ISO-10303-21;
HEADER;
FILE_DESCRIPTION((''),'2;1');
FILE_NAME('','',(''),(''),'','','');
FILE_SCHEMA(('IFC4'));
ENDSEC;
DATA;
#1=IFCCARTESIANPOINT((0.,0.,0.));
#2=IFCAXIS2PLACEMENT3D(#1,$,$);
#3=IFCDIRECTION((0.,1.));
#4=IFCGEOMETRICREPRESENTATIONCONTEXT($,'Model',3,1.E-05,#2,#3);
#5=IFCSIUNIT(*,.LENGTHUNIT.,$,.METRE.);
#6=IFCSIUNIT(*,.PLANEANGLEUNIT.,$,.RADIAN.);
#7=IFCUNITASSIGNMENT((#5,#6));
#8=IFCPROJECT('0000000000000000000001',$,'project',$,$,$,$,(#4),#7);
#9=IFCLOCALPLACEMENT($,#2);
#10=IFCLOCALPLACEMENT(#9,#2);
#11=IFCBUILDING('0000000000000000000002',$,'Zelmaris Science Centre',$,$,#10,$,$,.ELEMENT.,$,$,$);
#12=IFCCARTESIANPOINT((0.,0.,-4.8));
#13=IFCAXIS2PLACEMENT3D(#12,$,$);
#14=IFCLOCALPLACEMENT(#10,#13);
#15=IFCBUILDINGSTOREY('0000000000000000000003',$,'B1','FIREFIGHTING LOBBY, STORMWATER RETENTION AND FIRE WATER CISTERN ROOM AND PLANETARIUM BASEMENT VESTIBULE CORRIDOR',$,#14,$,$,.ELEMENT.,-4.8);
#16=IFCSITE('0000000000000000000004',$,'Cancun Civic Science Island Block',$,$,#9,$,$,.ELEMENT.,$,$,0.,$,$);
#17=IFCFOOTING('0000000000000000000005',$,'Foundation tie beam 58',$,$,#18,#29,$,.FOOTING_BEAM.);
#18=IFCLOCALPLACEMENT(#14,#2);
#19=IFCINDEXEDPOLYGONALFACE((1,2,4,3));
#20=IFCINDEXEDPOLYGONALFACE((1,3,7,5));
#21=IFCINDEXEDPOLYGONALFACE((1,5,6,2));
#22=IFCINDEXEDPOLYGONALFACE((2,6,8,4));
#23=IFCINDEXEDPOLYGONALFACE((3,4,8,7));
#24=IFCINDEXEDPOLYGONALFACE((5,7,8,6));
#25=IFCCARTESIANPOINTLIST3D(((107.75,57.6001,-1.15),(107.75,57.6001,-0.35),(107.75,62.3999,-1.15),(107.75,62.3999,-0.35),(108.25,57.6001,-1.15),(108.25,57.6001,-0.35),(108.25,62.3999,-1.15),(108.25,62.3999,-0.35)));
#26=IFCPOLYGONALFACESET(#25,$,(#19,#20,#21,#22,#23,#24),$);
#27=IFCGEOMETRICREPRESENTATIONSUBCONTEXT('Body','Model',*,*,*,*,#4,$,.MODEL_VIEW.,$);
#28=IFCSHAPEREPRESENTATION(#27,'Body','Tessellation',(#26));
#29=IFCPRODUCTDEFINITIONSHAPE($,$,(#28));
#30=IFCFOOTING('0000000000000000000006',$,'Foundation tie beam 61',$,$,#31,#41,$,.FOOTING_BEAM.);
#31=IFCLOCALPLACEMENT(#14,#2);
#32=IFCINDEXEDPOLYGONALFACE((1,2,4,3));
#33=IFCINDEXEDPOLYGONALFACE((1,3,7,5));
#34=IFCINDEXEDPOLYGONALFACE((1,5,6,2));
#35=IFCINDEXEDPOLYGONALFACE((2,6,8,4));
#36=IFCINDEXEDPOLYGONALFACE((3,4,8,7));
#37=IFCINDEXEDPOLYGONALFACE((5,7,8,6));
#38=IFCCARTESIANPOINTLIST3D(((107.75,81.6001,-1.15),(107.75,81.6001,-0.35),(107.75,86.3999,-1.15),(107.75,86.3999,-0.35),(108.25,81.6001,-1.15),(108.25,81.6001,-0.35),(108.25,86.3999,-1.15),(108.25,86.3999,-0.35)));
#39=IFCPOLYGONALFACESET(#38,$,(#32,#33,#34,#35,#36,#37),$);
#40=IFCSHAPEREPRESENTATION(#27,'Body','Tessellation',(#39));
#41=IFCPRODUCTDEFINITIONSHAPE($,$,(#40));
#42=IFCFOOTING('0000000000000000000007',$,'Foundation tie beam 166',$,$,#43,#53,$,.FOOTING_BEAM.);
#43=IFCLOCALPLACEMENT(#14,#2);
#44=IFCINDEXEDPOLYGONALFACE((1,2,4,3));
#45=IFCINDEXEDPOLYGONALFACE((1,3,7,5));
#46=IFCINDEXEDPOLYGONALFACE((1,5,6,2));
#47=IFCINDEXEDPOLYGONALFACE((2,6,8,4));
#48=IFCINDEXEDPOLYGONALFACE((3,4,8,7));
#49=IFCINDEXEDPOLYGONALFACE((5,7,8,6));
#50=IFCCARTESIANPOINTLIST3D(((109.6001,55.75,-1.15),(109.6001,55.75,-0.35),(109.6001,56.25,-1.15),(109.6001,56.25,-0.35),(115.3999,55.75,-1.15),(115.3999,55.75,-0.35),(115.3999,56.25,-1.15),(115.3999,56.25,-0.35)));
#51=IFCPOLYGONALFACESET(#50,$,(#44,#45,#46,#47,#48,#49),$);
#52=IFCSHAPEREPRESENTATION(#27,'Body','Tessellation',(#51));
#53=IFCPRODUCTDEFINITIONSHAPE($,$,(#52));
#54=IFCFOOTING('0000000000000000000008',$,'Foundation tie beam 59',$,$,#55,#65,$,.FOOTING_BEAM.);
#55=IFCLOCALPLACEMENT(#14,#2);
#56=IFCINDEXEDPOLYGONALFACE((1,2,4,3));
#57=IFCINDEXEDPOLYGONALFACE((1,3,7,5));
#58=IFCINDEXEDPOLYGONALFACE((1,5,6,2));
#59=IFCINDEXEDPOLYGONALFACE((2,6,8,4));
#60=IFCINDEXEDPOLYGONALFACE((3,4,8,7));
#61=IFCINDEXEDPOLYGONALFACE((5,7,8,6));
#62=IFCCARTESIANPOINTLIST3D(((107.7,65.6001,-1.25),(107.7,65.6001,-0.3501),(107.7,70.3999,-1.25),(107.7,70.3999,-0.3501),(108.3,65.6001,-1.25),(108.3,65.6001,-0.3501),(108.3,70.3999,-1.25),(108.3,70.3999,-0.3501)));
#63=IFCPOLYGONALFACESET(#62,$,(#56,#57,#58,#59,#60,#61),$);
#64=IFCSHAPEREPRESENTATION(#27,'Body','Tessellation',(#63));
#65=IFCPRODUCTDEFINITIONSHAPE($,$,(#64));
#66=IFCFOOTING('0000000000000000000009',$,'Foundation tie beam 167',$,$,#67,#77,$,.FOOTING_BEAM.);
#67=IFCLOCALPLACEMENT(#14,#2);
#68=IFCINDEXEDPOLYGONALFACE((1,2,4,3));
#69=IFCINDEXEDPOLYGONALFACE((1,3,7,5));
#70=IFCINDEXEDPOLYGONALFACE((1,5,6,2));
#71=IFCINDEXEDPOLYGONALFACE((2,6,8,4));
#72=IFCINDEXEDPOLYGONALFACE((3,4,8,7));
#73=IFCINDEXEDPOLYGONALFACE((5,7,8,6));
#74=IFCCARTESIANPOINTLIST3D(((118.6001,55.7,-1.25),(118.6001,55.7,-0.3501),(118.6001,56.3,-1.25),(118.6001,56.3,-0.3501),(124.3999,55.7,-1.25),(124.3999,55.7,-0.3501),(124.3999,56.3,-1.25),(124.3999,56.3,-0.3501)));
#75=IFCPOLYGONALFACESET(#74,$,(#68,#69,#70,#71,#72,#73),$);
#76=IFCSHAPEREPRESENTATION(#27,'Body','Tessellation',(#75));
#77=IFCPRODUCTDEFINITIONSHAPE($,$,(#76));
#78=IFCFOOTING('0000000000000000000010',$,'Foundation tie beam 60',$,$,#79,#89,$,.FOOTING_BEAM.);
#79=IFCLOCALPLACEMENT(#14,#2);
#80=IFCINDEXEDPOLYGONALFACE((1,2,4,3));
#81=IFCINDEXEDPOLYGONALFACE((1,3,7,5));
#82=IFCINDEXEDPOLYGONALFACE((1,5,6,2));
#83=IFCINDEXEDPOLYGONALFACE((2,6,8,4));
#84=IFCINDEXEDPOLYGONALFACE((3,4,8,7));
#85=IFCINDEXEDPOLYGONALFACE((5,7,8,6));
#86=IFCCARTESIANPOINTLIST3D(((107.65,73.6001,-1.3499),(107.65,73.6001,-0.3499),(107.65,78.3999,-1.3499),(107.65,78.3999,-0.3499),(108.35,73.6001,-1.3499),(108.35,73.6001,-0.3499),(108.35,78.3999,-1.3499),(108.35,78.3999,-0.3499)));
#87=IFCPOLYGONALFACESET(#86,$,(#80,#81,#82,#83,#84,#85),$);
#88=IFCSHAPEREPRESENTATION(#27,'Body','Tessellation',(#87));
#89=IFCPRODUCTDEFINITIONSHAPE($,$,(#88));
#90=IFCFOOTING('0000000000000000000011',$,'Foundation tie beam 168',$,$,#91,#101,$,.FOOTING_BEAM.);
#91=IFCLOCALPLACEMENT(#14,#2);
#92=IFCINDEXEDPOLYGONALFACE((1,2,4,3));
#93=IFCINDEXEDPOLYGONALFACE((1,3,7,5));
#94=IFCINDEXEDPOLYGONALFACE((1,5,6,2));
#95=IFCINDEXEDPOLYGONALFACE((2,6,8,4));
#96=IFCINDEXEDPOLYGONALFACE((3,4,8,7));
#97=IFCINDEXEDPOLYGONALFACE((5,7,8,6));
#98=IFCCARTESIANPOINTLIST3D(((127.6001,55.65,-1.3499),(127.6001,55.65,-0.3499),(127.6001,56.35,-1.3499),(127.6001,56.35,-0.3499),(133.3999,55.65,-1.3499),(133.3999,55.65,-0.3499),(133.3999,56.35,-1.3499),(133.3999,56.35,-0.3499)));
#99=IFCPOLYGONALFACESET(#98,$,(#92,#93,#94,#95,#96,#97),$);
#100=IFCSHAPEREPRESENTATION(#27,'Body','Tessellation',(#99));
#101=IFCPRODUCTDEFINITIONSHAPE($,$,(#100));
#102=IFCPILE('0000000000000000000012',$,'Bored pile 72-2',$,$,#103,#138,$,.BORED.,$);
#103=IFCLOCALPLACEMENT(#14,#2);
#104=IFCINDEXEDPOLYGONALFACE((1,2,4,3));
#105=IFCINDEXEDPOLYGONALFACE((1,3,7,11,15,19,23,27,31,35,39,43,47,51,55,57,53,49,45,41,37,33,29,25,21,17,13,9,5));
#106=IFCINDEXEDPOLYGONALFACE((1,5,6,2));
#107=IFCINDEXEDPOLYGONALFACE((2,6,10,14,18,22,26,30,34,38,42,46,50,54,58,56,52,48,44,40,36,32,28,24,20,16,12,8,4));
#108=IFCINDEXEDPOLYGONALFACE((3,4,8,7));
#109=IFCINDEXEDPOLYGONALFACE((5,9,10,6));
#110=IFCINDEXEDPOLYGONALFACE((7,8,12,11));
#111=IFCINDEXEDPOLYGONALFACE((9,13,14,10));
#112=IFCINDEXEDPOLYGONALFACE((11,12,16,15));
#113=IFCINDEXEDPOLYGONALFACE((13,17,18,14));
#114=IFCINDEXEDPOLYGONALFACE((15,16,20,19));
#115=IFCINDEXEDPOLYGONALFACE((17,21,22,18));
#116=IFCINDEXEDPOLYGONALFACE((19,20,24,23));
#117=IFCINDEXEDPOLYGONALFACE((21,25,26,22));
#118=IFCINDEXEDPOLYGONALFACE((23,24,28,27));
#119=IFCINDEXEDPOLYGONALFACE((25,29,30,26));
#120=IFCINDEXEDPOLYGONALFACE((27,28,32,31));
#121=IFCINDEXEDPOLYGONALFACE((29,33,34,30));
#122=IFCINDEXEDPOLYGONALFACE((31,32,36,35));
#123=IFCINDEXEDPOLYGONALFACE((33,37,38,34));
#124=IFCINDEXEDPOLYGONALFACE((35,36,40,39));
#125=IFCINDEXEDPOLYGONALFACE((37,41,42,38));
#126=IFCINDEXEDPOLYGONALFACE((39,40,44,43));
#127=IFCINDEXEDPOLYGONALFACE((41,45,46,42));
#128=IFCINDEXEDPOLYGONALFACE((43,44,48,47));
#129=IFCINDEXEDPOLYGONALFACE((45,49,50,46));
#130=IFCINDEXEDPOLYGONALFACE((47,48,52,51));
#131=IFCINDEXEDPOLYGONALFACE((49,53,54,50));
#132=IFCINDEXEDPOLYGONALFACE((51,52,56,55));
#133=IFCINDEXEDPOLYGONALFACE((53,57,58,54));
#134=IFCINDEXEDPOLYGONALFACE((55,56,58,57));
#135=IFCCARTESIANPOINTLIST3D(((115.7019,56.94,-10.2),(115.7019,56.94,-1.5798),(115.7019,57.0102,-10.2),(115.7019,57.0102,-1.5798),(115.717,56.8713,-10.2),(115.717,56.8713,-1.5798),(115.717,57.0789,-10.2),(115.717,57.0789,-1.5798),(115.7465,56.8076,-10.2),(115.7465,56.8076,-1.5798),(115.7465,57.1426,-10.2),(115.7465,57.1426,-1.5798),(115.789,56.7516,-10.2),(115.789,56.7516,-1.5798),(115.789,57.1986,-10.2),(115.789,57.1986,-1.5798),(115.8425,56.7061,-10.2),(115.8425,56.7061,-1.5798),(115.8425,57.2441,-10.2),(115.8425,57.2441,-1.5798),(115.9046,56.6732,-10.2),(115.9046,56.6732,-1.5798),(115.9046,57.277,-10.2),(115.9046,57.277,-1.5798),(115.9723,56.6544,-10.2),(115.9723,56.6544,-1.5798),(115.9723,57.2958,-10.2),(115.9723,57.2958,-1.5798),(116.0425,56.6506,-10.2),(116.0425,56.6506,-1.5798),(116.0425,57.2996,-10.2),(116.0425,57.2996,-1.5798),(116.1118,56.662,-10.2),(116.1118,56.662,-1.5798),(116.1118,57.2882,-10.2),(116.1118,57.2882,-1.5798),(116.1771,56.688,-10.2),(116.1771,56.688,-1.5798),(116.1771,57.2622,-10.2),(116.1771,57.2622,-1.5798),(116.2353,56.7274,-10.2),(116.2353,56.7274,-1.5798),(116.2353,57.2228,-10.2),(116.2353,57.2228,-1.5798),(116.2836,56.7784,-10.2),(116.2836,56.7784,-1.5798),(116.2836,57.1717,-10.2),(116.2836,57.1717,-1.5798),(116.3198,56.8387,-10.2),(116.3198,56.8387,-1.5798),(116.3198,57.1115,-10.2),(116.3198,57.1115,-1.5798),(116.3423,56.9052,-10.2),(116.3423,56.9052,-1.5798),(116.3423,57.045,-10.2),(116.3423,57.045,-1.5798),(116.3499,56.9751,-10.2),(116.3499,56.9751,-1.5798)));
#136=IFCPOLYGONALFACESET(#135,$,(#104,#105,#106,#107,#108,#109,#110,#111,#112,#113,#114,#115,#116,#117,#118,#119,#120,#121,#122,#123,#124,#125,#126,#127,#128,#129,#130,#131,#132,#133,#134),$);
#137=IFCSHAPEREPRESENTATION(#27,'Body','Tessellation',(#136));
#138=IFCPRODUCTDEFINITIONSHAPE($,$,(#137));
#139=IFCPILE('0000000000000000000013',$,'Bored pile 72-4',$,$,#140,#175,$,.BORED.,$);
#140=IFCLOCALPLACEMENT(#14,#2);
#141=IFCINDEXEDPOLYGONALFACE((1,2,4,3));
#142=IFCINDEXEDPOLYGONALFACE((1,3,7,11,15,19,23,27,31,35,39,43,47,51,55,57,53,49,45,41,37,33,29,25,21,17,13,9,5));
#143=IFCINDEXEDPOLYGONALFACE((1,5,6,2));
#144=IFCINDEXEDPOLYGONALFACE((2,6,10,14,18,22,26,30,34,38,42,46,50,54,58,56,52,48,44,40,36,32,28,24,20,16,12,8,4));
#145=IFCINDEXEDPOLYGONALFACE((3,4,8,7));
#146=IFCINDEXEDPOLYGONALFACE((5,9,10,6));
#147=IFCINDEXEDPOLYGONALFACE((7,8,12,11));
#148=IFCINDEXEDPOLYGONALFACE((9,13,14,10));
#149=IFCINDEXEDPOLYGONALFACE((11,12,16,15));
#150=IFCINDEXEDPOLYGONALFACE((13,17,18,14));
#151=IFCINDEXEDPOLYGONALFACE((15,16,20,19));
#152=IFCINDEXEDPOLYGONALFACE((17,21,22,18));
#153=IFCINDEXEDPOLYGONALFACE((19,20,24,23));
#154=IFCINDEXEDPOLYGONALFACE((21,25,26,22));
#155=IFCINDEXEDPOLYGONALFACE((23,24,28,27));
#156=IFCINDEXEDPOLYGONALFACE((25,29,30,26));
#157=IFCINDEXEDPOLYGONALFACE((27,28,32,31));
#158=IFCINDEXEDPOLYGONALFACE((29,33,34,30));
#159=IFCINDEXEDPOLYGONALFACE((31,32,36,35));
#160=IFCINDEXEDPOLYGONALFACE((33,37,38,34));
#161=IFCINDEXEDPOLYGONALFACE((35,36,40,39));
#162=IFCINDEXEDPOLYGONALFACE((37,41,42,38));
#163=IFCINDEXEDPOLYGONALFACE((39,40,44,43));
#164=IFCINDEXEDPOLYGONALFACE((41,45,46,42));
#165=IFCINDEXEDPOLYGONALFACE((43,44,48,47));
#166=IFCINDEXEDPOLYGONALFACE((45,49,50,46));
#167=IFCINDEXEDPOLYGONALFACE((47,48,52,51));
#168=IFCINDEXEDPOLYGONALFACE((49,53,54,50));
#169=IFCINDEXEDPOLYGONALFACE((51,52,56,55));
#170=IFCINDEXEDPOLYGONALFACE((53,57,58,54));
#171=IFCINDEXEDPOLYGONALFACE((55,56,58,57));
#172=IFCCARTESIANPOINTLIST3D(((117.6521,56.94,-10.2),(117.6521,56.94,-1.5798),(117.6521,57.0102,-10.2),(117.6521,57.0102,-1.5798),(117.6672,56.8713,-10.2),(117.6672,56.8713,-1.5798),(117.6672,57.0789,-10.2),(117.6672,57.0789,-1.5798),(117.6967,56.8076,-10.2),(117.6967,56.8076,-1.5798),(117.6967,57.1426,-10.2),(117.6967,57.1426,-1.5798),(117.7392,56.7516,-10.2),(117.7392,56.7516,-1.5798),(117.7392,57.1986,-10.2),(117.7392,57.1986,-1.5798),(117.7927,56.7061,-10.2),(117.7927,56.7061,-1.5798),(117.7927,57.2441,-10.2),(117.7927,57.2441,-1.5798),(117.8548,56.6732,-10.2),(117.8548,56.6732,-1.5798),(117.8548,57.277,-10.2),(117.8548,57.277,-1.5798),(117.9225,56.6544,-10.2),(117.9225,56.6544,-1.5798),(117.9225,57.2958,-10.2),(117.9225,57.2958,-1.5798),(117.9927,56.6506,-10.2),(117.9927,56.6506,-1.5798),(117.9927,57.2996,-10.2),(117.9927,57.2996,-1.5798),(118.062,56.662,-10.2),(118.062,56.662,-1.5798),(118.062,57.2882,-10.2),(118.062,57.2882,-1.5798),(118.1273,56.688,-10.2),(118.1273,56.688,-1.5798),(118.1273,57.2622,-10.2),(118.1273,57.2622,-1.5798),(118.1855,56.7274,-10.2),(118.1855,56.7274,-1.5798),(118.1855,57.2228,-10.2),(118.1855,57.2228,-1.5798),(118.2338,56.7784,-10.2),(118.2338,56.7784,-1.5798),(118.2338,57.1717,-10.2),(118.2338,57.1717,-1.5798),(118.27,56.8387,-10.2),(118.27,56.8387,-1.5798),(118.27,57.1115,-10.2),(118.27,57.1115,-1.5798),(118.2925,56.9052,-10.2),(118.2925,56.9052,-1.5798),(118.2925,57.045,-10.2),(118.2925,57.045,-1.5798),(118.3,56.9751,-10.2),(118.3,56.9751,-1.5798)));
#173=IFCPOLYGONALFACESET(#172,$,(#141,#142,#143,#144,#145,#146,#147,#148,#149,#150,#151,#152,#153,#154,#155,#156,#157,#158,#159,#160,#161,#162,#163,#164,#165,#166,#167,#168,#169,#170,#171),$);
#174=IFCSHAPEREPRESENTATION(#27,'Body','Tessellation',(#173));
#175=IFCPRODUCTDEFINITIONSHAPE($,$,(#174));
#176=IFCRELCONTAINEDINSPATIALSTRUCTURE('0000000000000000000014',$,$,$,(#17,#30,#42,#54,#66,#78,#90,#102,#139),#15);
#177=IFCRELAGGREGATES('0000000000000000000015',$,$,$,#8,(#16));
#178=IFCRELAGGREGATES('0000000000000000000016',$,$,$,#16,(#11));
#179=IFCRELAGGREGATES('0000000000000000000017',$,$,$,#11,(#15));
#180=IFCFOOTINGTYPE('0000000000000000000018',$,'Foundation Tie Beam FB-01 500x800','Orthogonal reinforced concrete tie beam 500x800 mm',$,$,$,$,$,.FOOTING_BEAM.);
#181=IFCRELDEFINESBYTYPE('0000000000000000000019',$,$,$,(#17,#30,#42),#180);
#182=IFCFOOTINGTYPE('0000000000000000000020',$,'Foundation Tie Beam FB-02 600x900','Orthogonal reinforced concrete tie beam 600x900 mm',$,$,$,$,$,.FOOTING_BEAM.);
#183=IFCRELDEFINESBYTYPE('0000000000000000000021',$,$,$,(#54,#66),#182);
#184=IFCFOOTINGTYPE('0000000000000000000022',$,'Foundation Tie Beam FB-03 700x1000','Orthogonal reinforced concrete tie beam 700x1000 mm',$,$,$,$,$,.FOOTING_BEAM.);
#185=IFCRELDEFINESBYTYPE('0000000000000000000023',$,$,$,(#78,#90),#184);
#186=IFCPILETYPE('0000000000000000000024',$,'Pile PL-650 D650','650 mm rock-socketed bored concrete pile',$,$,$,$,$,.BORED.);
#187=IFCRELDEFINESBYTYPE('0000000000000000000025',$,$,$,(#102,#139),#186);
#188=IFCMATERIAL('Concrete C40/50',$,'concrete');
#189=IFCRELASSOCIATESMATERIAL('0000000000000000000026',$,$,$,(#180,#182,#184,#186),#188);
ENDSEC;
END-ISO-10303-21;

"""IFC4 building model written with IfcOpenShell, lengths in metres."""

from ifc_helpers import new_model, si_unit, direction, frame, origin, origin_2d, place, context, subcontext, project, spatial, rectangle, circle, extrude, material, material_profile, profile_set, type_object, element, save


model = new_model("IFC4")

# Units and contexts
model_context = context("Model", 3, precision=1e-05, world=origin(), true_north=direction((0.0, 1.0)))
body_context = subcontext(model_context, "Body", "Model", "MODEL_VIEW")
ifc_project = project(units=[si_unit("LENGTHUNIT", "METRE"), si_unit("PLANEANGLEUNIT", "RADIAN")], contexts=[model_context])

# Site, building, storey
site_placement = place(None, origin())
site = spatial("IfcSite", under=ifc_project, at=site_placement, Name="Cancun Civic Science Island Block", CompositionType="ELEMENT", RefElevation=0.0)
building_placement = place(site_placement, origin())
building = spatial("IfcBuilding", under=site, at=building_placement, Name="Zelmaris Science Centre", CompositionType="ELEMENT")
storey_placement = place(building_placement, frame((0.0, 0.0, -4.8)))
storey = spatial("IfcBuildingStorey", under=building, at=storey_placement, Name="B1", Description="FIREFIGHTING LOBBY, STORMWATER RETENTION AND FIRE WATER CISTERN ROOM AND PLANETARIUM BASEMENT VESTIBULE CORRIDOR", CompositionType="ELEMENT", Elevation=-4.8)

# Footings
ifc_material_1 = material(Name="Concrete C40/50", Category="concrete")
ifc_material_profile_1 = material_profile(ifc_material_1, rectangle(XDim=0.5, YDim=0.8, at=origin_2d()), Name="FB-500X800")
ifc_profile_set_1 = profile_set([ifc_material_profile_1], Name="Concrete C40/50")
footing_type_1 = type_object("IfcFootingType", Name="Foundation Tie Beam FB-01 500x800", Description="Orthogonal reinforced concrete tie beam 500x800 mm", PredefinedType="FOOTING_BEAM", material=ifc_profile_set_1)
for number, where, z_axis, x_axis, name in (
    (1, (108.0, 57.6001, -0.75), (0.0, 1.0, 0.0), (-1.0, 0.0, 0.0), "Foundation tie beam 58"),
    (2, (108.0, 81.6001, -0.75), (0.0, 1.0, 0.0), (-1.0, 0.0, 0.0), "Foundation tie beam 61"),
):
    element("IfcFooting", number, at=place(storey_placement, frame(where, z_axis=z_axis, x_axis=x_axis)), inside=storey, type_object=footing_type_1, Name=name, PredefinedType="FOOTING_BEAM", context=body_context, shape_type="SweptSolid", body=[
        extrude(rectangle(XDim=0.5, YDim=0.8, at=origin_2d()), origin(), (0.0, 0.0, 1.0), 4.7998),
    ])
footing_1_placement = place(storey_placement, frame((109.6001, 56.0, -0.75), z_axis=(1.0, 0.0, 0.0), x_axis=(0.0, 1.0, 0.0)))
element("IfcFooting", 3, at=footing_1_placement, inside=storey, type_object=footing_type_1, Name="Foundation tie beam 166", PredefinedType="FOOTING_BEAM", context=body_context, shape_type="SweptSolid", body=[
    extrude(rectangle(XDim=0.5, YDim=0.8, at=origin_2d()), origin(), (0.0, 0.0, 1.0), 5.7998),
])
ifc_material_profile_2 = material_profile(ifc_material_1, rectangle(XDim=0.6001, YDim=0.8999, at=origin_2d()), Name="FB-600X900")
ifc_profile_set_2 = profile_set([ifc_material_profile_2], Name="Concrete C40/50")
footing_type_2 = type_object("IfcFootingType", Name="Foundation Tie Beam FB-02 600x900", Description="Orthogonal reinforced concrete tie beam 600x900 mm", PredefinedType="FOOTING_BEAM", material=ifc_profile_set_2)
footing_2_placement = place(storey_placement, frame((108.0, 65.6001, -0.8), z_axis=(0.0, 1.0, 0.0), x_axis=(-1.0, 0.0, 0.0)))
element("IfcFooting", 4, at=footing_2_placement, inside=storey, type_object=footing_type_2, Name="Foundation tie beam 59", PredefinedType="FOOTING_BEAM", context=body_context, shape_type="SweptSolid", body=[
    extrude(rectangle(XDim=0.6001, YDim=0.8999, at=origin_2d()), origin(), (0.0, 0.0, 1.0), 4.7998),
])
footing_3_placement = place(storey_placement, frame((118.6001, 56.0, -0.8), z_axis=(1.0, 0.0, 0.0), x_axis=(0.0, 1.0, 0.0)))
element("IfcFooting", 5, at=footing_3_placement, inside=storey, type_object=footing_type_2, Name="Foundation tie beam 167", PredefinedType="FOOTING_BEAM", context=body_context, shape_type="SweptSolid", body=[
    extrude(rectangle(XDim=0.6001, YDim=0.8999, at=origin_2d()), origin(), (0.0, 0.0, 1.0), 5.7998),
])
ifc_material_profile_3 = material_profile(ifc_material_1, rectangle(XDim=0.7, YDim=1.0, at=origin_2d()), Name="FB-700X1000")
ifc_profile_set_3 = profile_set([ifc_material_profile_3], Name="Concrete C40/50")
footing_type_3 = type_object("IfcFootingType", Name="Foundation Tie Beam FB-03 700x1000", Description="Orthogonal reinforced concrete tie beam 700x1000 mm", PredefinedType="FOOTING_BEAM", material=ifc_profile_set_3)
footing_4_placement = place(storey_placement, frame((108.0, 73.6001, -0.8499), z_axis=(0.0, 1.0, 0.0), x_axis=(-1.0, 0.0, 0.0)))
element("IfcFooting", 6, at=footing_4_placement, inside=storey, type_object=footing_type_3, Name="Foundation tie beam 60", PredefinedType="FOOTING_BEAM", context=body_context, shape_type="SweptSolid", body=[
    extrude(rectangle(XDim=0.7, YDim=1.0, at=origin_2d()), origin(), (0.0, 0.0, 1.0), 4.7998),
])
footing_5_placement = place(storey_placement, frame((127.6001, 56.0, -0.8499), z_axis=(1.0, 0.0, 0.0), x_axis=(0.0, 1.0, 0.0)))
element("IfcFooting", 7, at=footing_5_placement, inside=storey, type_object=footing_type_3, Name="Foundation tie beam 168", PredefinedType="FOOTING_BEAM", context=body_context, shape_type="SweptSolid", body=[
    extrude(rectangle(XDim=0.7, YDim=1.0, at=origin_2d()), origin(), (0.0, 0.0, 1.0), 5.7998),
])

# Piles
ifc_material_profile_4 = material_profile(ifc_material_1, circle(Radius=0.325, at=origin_2d()), Name="PILE-650")
ifc_profile_set_4 = profile_set([ifc_material_profile_4], Name="Concrete C40/50")
pile_type_1 = type_object("IfcPileType", Name="Pile PL-650 D650", Description="650 mm rock-socketed bored concrete pile", PredefinedType="BORED", material=ifc_profile_set_4)
for number, where, z_axis, x_axis, name in (
    (8, (116.0249, 56.9751, -1.5798), (0.0, 0.0, -1.0), (1.0, 0.0, 0.0), "Bored pile 72-2"),
    (9, (117.9751, 56.9751, -1.5798), (0.0, 0.0, -1.0), (1.0, 0.0, 0.0), "Bored pile 72-4"),
):
    element("IfcPile", number, at=place(storey_placement, frame(where, z_axis=z_axis, x_axis=x_axis)), inside=storey, type_object=pile_type_1, Name=name, PredefinedType="BORED", context=body_context, shape_type="SweptSolid", body=[
        extrude(circle(Radius=0.325, at=origin_2d()), origin(), (0.0, 0.0, 1.0), 8.6201),
    ])

save(model, "model.ifc")
